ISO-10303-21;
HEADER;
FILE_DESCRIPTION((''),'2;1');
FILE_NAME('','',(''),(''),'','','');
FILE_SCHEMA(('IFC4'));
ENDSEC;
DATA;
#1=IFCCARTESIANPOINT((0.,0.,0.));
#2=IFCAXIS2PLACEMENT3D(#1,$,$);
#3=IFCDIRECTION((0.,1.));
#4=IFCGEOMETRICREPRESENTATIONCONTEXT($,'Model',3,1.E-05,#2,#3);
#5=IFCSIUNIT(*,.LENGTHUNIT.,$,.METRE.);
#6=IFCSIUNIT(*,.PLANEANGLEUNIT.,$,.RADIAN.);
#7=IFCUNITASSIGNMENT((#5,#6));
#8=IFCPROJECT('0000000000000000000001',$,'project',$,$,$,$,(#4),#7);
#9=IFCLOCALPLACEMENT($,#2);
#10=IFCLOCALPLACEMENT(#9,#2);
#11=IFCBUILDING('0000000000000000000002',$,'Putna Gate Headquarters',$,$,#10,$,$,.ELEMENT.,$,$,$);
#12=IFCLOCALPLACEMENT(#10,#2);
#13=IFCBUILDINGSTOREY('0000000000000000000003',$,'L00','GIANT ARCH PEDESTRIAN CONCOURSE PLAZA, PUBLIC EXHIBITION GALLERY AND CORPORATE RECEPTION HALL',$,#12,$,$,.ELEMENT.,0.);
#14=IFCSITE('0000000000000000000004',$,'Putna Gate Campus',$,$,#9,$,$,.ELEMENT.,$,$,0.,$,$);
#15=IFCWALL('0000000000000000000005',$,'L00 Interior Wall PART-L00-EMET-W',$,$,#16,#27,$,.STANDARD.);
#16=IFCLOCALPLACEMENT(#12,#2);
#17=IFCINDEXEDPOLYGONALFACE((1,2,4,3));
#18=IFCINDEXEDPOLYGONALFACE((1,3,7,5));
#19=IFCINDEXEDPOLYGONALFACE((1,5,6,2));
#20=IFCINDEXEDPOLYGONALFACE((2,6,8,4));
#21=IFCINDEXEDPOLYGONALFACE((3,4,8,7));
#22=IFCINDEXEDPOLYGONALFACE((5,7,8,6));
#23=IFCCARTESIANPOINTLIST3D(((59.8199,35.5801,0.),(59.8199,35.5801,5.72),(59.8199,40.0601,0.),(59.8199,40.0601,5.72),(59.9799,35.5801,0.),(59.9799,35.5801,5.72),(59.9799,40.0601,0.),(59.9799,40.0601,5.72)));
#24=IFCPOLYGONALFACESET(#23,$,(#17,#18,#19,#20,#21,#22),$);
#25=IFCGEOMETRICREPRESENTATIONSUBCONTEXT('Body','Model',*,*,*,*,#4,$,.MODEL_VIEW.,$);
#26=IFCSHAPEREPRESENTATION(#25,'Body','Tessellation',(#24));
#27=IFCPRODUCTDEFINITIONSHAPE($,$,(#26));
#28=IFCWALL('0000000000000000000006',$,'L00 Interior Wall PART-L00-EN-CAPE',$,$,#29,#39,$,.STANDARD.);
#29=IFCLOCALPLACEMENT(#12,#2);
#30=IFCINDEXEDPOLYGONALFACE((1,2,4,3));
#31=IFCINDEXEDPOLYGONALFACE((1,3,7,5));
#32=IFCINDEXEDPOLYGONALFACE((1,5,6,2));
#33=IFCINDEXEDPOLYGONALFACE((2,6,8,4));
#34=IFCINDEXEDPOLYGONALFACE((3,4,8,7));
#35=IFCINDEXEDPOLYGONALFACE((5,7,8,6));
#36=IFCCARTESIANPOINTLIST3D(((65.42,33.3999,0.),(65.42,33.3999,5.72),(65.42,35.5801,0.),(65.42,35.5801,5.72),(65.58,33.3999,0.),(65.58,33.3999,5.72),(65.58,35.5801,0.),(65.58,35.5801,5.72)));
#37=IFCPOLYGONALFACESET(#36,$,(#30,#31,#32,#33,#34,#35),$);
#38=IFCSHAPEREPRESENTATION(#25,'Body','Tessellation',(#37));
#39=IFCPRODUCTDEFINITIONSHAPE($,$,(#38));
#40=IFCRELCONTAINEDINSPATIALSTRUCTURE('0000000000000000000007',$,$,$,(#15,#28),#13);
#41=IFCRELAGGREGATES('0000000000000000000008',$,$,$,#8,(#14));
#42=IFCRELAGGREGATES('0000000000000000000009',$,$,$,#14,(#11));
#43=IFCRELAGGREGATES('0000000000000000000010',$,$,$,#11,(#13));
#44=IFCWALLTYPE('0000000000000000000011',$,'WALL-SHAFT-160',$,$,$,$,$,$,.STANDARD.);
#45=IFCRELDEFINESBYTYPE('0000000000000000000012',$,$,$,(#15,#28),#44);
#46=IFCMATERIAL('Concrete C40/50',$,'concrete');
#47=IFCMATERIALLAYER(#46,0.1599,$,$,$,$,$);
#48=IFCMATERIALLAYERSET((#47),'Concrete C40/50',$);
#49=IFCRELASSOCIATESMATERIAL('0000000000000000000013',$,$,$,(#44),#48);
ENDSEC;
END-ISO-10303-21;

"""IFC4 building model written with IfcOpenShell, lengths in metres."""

from ifc_helpers import new_model, si_unit, direction, frame, frame_2d, origin, place, context, subcontext, project, spatial, rectangle, extrude, material, layer, layer_set, type_object, element, save


model = new_model("IFC4")

# Units and contexts
model_context = context("Model", 3, precision=1e-05, world=origin(), true_north=direction((0.0, 1.0)))
body_context = subcontext(model_context, "Body", "Model", "MODEL_VIEW")
ifc_project = project(units=[si_unit("LENGTHUNIT", "METRE"), si_unit("PLANEANGLEUNIT", "RADIAN")], contexts=[model_context])

# Site, building, storey
site_placement = place(None, origin())
site = spatial("IfcSite", under=ifc_project, at=site_placement, Name="Putna Gate Campus", CompositionType="ELEMENT", RefElevation=0.0)
building_placement = place(site_placement, origin())
building = spatial("IfcBuilding", under=site, at=building_placement, Name="Putna Gate Headquarters", CompositionType="ELEMENT")
storey_placement = place(building_placement, origin())
storey = spatial("IfcBuildingStorey", under=building, at=storey_placement, Name="L00", Description="GIANT ARCH PEDESTRIAN CONCOURSE PLAZA, PUBLIC EXHIBITION GALLERY AND CORPORATE RECEPTION HALL", CompositionType="ELEMENT", Elevation=0.0)

# Shared definitions
ifc_material_1 = material(Name="Concrete C40/50", Category="concrete")
ifc_layer_1 = layer(ifc_material_1, 0.1599)
ifc_layer_set_1 = layer_set([ifc_layer_1], Name="Concrete C40/50")
wall_type_1 = type_object("IfcWallType", Name="WALL-SHAFT-160", PredefinedType="STANDARD", material=ifc_layer_set_1)

# Walls
wall_1_placement = place(storey_placement, frame((59.8999, 35.5801, 0.0), z_axis=(0.0, 0.0, 1.0), x_axis=(0.0, 1.0, 0.0)))
element("IfcWall", 1, at=wall_1_placement, inside=storey, type_object=wall_type_1, Name="L00 Interior Wall PART-L00-EMET-W", PredefinedType="STANDARD", context=body_context, shape_type="SweptSolid", body=[
    extrude(rectangle(XDim=4.48, YDim=0.1599, at=frame_2d((2.24, 0.0))), origin(), (0.0, 0.0, 1.0), 5.72),
])
wall_2_placement = place(storey_placement, frame((65.5, 33.3999, 0.0), z_axis=(0.0, 0.0, 1.0), x_axis=(0.0, 1.0, 0.0)))
element("IfcWall", 2, at=wall_2_placement, inside=storey, type_object=wall_type_1, Name="L00 Interior Wall PART-L00-EN-CAPE", PredefinedType="STANDARD", context=body_context, shape_type="SweptSolid", body=[
    extrude(rectangle(XDim=2.1802, YDim=0.1599, at=frame_2d((1.0901, 0.0))), origin(), (0.0, 0.0, 1.0), 5.72),
])

save(model, "model.ifc")
